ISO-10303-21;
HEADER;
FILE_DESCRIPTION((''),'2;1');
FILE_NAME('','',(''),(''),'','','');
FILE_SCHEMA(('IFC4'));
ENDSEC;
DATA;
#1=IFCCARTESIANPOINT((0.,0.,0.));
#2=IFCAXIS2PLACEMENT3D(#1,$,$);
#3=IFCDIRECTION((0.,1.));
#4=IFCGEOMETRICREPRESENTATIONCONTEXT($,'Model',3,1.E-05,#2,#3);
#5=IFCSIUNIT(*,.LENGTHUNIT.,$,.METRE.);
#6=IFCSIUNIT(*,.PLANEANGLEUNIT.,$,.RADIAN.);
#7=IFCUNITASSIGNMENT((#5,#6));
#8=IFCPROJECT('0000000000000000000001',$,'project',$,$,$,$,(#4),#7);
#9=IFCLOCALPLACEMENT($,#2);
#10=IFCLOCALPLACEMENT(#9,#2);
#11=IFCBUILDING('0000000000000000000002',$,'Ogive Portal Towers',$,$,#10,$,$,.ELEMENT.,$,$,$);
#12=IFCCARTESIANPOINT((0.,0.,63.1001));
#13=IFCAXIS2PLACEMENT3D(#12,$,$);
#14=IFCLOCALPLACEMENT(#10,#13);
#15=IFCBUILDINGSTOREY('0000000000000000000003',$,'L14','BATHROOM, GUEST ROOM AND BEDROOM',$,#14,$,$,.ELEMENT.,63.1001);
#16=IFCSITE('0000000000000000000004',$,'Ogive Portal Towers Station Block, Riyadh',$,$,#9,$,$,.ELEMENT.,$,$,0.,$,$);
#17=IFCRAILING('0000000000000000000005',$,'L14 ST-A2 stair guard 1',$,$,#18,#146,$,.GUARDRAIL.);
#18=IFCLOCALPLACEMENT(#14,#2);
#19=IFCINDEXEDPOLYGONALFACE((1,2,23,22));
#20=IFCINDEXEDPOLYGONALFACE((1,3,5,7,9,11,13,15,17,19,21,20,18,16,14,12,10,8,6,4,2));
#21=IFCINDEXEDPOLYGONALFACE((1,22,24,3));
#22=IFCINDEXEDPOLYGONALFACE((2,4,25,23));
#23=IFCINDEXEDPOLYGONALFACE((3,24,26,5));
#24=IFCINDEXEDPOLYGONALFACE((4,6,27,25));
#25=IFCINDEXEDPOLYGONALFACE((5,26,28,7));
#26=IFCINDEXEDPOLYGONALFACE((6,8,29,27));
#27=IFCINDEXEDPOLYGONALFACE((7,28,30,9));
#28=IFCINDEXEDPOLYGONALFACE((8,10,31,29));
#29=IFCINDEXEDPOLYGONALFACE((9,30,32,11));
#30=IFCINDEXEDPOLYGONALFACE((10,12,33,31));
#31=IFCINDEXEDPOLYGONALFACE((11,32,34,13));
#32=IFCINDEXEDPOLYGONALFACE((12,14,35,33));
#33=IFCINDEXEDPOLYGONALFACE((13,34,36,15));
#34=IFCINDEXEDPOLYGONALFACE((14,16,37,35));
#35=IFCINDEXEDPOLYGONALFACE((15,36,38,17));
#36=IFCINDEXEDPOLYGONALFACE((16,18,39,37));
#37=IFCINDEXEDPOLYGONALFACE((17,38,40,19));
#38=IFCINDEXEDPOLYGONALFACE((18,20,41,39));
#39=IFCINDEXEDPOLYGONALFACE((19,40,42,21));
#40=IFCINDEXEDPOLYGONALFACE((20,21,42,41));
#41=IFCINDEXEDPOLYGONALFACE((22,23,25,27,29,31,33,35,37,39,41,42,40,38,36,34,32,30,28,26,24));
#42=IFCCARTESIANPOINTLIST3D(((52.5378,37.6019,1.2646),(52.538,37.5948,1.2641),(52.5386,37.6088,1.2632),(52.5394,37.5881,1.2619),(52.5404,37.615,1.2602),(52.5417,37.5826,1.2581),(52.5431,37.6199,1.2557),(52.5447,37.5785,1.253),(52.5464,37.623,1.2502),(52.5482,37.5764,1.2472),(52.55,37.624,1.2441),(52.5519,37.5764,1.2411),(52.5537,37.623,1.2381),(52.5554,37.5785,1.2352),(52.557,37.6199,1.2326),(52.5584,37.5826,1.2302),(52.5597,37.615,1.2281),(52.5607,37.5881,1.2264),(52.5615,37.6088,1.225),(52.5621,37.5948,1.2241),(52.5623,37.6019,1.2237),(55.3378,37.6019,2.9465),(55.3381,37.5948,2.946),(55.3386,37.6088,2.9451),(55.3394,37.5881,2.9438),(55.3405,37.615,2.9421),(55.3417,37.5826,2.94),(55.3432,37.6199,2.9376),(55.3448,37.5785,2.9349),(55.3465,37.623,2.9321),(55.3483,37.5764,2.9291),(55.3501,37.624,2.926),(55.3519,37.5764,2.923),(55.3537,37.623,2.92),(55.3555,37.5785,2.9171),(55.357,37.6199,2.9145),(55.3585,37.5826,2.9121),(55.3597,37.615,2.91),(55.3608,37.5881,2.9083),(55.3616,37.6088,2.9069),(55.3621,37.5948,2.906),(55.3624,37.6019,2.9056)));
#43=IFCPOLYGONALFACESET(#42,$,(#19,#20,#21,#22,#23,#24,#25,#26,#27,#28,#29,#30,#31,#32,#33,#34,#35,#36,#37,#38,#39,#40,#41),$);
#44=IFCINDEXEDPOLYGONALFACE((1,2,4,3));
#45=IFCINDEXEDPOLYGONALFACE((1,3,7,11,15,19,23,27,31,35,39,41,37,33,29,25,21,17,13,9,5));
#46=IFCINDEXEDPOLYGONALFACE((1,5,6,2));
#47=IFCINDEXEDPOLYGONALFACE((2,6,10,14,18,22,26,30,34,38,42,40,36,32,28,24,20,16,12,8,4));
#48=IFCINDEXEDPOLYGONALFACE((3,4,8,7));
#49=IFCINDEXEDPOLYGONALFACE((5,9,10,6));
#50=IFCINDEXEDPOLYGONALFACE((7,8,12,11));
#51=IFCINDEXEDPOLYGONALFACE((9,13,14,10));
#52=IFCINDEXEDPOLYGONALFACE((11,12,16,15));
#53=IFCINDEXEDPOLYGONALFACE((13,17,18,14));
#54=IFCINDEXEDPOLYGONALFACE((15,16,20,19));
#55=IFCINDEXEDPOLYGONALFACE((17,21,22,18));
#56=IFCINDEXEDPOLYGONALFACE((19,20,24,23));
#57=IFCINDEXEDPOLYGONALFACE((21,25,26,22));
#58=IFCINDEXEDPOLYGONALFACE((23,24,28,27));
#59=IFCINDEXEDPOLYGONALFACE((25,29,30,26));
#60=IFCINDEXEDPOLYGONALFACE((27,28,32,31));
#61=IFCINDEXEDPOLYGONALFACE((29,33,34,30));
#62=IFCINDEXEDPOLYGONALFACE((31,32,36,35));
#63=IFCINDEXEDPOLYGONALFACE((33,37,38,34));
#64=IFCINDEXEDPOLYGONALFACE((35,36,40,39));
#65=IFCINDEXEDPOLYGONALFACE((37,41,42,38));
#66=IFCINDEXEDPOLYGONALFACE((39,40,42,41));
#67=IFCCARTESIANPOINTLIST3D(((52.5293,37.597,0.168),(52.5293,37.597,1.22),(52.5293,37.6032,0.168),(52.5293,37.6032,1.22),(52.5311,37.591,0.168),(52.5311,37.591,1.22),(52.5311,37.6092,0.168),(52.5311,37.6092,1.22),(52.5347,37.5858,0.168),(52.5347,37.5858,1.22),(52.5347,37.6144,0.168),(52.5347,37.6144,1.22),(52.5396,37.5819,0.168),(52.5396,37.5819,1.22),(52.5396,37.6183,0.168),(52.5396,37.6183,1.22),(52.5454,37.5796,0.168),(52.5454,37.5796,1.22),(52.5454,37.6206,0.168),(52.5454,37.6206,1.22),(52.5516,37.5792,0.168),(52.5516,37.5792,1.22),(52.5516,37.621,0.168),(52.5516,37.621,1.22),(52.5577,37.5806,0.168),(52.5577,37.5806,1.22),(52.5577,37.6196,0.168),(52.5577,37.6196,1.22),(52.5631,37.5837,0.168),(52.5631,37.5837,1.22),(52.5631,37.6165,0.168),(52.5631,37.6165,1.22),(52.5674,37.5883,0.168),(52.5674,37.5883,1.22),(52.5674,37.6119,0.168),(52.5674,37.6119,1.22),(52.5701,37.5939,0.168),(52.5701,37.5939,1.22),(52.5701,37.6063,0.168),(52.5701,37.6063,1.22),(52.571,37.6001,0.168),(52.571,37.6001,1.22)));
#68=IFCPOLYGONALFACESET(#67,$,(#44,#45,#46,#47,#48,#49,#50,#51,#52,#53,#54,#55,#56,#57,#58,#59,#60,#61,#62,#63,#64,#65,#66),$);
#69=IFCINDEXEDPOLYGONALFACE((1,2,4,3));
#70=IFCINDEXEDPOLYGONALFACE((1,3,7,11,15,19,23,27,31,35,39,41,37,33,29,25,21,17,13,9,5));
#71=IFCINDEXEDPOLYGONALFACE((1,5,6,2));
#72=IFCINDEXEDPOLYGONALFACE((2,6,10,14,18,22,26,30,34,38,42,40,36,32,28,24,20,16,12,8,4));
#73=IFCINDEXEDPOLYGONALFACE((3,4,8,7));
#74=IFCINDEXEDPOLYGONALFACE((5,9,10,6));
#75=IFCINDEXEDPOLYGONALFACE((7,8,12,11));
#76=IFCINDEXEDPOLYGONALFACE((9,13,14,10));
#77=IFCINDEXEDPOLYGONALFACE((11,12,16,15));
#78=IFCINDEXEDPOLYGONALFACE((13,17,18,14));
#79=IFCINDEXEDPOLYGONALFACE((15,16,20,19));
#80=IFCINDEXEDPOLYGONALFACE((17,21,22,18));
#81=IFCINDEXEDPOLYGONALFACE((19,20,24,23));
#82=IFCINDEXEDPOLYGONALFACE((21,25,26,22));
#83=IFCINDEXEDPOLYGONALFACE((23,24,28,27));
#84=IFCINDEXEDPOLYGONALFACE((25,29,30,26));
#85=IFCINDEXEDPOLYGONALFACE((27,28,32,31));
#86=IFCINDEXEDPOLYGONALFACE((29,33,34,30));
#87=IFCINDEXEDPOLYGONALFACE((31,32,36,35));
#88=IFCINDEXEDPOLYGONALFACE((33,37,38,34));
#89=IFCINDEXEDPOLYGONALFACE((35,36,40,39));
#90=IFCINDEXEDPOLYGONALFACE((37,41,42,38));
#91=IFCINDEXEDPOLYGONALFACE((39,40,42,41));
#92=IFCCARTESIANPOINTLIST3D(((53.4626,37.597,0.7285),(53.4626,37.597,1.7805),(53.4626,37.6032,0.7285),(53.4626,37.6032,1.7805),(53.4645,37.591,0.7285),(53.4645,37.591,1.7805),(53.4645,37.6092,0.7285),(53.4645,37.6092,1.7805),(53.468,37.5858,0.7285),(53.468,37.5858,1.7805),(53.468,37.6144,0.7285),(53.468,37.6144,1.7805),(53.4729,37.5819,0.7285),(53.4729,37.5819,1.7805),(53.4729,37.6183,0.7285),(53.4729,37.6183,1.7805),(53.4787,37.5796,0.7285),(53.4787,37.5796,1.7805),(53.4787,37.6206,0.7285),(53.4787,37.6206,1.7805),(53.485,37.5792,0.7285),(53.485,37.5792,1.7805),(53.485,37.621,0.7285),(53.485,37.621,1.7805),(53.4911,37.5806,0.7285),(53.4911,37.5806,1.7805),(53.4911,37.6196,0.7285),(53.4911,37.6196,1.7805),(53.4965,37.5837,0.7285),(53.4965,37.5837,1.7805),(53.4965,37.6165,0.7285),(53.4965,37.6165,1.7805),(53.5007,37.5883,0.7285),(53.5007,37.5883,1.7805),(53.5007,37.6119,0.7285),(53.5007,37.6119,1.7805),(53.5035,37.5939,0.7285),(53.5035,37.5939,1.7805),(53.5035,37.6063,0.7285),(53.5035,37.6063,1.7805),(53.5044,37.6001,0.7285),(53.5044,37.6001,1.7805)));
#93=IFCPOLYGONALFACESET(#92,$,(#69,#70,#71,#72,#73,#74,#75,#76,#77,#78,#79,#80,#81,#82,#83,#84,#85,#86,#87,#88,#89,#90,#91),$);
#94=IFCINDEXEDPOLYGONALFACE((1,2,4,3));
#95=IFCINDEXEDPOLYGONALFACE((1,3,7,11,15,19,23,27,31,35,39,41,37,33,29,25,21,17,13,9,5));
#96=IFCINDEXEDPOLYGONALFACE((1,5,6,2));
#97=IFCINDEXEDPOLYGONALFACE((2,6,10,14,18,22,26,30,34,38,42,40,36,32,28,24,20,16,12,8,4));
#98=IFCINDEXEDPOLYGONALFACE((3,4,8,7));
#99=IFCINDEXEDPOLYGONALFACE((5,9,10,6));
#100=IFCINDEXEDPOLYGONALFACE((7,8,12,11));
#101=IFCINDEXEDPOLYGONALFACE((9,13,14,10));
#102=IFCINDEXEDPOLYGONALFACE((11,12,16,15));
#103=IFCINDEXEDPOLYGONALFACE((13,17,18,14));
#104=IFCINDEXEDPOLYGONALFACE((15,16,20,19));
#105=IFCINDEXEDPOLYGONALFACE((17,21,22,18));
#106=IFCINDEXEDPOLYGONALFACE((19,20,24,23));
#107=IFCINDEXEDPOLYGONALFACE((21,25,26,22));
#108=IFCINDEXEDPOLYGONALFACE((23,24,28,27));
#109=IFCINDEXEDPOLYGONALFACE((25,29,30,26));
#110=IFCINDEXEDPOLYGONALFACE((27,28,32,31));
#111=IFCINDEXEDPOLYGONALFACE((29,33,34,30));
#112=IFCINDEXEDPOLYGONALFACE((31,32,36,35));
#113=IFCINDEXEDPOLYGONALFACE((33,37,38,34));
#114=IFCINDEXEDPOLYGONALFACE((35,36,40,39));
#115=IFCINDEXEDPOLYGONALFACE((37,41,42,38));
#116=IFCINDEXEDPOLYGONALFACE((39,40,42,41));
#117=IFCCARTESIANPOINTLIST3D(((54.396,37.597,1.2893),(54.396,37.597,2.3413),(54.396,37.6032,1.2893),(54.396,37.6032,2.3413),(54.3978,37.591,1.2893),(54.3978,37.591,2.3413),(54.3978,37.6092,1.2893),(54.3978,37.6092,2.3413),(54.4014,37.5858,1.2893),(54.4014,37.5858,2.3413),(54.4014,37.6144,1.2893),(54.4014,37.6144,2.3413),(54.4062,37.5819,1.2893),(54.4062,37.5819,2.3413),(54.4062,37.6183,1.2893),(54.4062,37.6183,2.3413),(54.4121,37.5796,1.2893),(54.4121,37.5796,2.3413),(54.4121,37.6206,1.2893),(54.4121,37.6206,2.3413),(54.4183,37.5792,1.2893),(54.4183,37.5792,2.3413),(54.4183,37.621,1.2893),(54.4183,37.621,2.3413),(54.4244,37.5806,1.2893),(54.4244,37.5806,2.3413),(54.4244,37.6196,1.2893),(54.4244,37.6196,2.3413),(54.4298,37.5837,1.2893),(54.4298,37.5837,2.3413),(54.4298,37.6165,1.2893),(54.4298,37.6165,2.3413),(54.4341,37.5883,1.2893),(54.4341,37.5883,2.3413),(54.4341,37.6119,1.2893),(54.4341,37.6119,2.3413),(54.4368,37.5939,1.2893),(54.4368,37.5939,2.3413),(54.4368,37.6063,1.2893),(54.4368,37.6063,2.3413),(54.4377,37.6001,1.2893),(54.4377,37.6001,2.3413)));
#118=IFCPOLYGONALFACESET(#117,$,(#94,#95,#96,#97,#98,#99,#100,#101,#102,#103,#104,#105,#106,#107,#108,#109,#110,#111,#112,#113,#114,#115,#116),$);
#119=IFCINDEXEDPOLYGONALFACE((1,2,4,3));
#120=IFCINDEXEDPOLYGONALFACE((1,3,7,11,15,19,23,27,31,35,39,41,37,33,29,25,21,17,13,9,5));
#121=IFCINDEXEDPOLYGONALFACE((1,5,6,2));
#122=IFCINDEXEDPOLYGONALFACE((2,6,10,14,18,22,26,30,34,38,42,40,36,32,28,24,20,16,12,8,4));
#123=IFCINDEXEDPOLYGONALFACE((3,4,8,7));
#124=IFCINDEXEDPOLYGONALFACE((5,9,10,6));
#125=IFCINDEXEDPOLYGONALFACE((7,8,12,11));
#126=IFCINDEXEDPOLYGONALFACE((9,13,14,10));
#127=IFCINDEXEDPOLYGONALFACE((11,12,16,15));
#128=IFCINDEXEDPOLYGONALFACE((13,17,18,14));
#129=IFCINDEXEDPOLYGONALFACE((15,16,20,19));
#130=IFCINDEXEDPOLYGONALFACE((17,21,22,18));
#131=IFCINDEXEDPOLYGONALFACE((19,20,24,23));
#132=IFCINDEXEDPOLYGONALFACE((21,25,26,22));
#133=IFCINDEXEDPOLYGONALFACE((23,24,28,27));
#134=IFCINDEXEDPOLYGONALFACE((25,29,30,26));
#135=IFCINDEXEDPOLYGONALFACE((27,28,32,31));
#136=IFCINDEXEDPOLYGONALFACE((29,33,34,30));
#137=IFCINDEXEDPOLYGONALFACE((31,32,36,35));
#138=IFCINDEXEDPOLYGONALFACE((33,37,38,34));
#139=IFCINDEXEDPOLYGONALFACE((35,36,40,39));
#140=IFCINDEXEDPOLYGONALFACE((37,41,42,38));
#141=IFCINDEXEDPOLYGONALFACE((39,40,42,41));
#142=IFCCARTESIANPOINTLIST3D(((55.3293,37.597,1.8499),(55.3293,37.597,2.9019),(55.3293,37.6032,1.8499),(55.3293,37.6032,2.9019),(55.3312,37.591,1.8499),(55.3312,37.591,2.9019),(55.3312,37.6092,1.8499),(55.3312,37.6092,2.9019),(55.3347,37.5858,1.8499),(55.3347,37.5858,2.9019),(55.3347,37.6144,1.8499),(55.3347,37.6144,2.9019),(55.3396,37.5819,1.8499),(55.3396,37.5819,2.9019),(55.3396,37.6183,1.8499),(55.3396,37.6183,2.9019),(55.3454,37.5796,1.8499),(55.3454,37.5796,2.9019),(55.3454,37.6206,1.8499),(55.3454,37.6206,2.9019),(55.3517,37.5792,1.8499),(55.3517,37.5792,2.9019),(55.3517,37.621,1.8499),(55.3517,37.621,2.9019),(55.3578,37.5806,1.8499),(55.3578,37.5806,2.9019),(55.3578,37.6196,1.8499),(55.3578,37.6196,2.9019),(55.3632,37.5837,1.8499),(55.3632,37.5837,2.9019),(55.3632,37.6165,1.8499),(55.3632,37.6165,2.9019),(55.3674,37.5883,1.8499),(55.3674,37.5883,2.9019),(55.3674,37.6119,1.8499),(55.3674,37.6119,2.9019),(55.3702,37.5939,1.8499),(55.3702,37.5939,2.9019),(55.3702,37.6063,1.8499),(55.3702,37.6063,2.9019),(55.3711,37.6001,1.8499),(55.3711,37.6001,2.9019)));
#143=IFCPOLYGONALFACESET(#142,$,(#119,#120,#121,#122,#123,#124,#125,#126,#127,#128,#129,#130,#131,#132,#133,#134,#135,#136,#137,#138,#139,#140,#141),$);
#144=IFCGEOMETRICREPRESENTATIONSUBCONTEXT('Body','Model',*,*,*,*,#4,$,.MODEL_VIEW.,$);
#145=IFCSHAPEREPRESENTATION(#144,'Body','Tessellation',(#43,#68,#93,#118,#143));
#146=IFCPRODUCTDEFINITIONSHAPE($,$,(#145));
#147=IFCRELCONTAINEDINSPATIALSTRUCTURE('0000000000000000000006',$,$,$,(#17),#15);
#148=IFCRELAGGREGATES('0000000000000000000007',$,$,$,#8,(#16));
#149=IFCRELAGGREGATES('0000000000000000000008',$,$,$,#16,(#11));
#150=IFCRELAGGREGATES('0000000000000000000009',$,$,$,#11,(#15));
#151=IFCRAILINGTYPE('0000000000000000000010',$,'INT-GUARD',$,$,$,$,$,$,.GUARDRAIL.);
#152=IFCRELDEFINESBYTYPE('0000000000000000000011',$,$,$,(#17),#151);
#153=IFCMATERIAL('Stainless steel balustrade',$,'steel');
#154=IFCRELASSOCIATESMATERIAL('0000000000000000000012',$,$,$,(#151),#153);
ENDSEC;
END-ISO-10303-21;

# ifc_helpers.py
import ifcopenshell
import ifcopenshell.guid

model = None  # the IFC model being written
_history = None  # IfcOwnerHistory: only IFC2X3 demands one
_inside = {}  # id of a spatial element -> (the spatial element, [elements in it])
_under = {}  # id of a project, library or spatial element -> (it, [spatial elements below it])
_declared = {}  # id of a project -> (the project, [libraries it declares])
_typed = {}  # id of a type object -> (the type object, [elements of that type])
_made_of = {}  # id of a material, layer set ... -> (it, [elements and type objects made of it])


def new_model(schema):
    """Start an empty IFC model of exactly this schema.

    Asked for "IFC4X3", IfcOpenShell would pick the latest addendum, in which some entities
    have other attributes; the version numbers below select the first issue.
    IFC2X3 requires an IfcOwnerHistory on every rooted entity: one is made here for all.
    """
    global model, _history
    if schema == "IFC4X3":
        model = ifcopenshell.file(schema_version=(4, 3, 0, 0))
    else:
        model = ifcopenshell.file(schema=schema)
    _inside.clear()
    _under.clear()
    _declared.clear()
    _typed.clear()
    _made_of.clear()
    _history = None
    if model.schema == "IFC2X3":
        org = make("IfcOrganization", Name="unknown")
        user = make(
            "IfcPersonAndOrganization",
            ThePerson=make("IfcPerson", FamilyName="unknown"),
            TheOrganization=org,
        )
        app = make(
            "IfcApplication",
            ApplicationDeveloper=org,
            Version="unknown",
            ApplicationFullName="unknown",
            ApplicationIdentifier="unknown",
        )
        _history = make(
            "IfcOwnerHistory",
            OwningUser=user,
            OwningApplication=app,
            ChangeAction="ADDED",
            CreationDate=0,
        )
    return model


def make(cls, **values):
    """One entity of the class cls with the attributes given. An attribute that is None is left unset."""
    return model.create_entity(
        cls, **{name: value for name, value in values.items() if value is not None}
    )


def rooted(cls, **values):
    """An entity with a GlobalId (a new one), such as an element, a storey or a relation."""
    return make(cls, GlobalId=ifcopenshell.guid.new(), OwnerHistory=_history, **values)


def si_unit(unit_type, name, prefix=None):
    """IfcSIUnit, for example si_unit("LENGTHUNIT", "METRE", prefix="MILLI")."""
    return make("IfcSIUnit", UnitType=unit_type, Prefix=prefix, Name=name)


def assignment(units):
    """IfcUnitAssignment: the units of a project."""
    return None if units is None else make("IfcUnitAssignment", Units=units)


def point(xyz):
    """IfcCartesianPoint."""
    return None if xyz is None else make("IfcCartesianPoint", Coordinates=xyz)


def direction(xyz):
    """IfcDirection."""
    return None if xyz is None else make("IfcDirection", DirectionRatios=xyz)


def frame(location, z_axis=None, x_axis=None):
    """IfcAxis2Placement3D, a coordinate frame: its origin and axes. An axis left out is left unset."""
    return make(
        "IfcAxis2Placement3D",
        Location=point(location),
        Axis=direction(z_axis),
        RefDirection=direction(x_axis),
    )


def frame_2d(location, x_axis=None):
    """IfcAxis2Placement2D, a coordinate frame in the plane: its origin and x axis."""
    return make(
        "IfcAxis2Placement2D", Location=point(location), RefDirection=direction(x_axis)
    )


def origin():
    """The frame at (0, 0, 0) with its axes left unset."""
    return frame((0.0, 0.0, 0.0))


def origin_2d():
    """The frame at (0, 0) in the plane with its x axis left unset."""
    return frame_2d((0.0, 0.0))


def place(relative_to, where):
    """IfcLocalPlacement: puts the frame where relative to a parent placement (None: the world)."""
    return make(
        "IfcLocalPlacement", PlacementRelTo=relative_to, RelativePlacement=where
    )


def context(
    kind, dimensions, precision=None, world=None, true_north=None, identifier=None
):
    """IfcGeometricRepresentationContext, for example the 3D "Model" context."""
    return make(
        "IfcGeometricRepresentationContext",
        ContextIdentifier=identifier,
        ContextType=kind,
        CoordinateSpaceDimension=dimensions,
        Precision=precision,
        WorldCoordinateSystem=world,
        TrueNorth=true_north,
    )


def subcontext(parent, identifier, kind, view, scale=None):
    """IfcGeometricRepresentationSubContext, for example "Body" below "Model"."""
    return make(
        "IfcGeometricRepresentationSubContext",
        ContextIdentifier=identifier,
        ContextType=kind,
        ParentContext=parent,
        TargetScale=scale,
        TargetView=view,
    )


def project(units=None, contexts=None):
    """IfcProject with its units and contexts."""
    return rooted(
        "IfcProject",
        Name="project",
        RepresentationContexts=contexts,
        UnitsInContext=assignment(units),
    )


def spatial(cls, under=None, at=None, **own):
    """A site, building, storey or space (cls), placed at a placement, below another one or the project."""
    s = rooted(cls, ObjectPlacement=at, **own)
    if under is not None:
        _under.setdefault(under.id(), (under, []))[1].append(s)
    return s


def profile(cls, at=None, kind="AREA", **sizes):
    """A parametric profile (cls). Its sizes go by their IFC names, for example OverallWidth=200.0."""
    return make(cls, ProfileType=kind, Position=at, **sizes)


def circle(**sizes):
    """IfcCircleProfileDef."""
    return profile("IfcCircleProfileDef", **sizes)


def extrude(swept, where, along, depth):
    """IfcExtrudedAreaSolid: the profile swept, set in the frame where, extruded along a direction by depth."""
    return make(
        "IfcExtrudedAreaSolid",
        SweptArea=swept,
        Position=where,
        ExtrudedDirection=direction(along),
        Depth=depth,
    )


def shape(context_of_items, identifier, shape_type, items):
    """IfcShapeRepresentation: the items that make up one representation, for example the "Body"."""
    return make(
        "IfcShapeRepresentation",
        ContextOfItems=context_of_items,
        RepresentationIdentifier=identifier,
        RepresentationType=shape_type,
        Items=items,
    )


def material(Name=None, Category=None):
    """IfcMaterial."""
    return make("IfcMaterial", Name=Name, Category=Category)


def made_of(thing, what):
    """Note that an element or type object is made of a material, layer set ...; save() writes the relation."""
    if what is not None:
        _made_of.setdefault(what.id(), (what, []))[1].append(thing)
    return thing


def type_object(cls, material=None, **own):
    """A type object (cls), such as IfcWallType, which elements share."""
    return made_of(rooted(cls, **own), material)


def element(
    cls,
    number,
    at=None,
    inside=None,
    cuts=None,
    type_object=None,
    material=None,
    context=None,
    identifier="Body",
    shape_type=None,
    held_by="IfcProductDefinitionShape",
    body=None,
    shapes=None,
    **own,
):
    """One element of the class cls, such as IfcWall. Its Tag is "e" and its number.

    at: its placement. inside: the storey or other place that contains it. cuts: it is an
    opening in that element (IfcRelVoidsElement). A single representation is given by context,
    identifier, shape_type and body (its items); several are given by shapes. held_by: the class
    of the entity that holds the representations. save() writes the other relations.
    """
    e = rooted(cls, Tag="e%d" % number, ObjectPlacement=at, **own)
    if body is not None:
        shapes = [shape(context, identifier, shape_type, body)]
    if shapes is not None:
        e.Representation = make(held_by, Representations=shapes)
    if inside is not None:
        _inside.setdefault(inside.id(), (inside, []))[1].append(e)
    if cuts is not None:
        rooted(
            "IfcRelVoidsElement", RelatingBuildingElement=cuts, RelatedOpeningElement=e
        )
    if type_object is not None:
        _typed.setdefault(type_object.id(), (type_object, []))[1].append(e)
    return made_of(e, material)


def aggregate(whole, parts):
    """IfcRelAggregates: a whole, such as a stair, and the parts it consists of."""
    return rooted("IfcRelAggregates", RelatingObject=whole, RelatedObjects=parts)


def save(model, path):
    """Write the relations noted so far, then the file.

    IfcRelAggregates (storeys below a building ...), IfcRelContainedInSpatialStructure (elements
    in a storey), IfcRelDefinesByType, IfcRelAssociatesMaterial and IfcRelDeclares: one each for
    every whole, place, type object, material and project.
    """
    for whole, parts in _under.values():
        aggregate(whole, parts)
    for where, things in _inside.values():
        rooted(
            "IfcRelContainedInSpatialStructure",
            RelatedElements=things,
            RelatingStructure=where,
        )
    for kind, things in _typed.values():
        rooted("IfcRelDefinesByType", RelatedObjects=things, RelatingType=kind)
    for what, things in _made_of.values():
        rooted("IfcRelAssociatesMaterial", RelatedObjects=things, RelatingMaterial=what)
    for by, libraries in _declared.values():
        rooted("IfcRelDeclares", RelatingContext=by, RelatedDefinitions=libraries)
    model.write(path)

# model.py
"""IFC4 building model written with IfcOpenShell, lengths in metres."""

from ifc_helpers import new_model, si_unit, direction, frame, origin, origin_2d, place, context, subcontext, project, spatial, circle, extrude, material, type_object, element, save


model = new_model("IFC4")

# Units and contexts
model_context = context("Model", 3, precision=1e-05, world=origin(), true_north=direction((0.0, 1.0)))
body_context = subcontext(model_context, "Body", "Model", "MODEL_VIEW")
ifc_project = project(units=[si_unit("LENGTHUNIT", "METRE"), si_unit("PLANEANGLEUNIT", "RADIAN")], contexts=[model_context])

# Site, building, storey
site_placement = place(None, origin())
site = spatial("IfcSite", under=ifc_project, at=site_placement, Name="Ogive Portal Towers Station Block, Riyadh", CompositionType="ELEMENT", RefElevation=0.0)
building_placement = place(site_placement, origin())
building = spatial("IfcBuilding", under=site, at=building_placement, Name="Ogive Portal Towers", CompositionType="ELEMENT")
storey_placement = place(building_placement, frame((0.0, 0.0, 63.1001)))
storey = spatial("IfcBuildingStorey", under=building, at=storey_placement, Name="L14", Description="BATHROOM, GUEST ROOM AND BEDROOM", CompositionType="ELEMENT", Elevation=63.1001)

# Railing
ifc_material_1 = material(Name="Stainless steel balustrade", Category="steel")
railing_type_1 = type_object("IfcRailingType", Name="INT-GUARD", PredefinedType="GUARDRAIL", material=ifc_material_1)
railing_1_placement = place(storey_placement, frame((52.55, 37.6001, 0.168)))
element("IfcRailing", 1, at=railing_1_placement, inside=storey, type_object=railing_type_1, Name="L14 ST-A2 stair guard 1", PredefinedType="GUARDRAIL", context=body_context, shape_type="SweptSolid", body=[
    extrude(circle(Radius=0.0239, at=origin_2d()), frame((0.0, 0.0, 1.0762), z_axis=(0.857242, 0.0, 0.514913), x_axis=(0.0, 1.0, 0.0)), (0.0, 0.0, 1.0), 3.2664),
    extrude(circle(Radius=0.021, at=origin_2d()), origin(), (0.0, 0.0, 1.0), 1.052),
    extrude(circle(Radius=0.021, at=origin_2d()), frame((0.9333, 0.0, 0.5605)), (0.0, 0.0, 1.0), 1.052),
    extrude(circle(Radius=0.021, at=origin_2d()), frame((1.8667, 0.0, 1.1213)), (0.0, 0.0, 1.0), 1.052),
    extrude(circle(Radius=0.021, at=origin_2d()), frame((2.8, 0.0, 1.6819)), (0.0, 0.0, 1.0), 1.052),
])

save(model, "model.ifc")
